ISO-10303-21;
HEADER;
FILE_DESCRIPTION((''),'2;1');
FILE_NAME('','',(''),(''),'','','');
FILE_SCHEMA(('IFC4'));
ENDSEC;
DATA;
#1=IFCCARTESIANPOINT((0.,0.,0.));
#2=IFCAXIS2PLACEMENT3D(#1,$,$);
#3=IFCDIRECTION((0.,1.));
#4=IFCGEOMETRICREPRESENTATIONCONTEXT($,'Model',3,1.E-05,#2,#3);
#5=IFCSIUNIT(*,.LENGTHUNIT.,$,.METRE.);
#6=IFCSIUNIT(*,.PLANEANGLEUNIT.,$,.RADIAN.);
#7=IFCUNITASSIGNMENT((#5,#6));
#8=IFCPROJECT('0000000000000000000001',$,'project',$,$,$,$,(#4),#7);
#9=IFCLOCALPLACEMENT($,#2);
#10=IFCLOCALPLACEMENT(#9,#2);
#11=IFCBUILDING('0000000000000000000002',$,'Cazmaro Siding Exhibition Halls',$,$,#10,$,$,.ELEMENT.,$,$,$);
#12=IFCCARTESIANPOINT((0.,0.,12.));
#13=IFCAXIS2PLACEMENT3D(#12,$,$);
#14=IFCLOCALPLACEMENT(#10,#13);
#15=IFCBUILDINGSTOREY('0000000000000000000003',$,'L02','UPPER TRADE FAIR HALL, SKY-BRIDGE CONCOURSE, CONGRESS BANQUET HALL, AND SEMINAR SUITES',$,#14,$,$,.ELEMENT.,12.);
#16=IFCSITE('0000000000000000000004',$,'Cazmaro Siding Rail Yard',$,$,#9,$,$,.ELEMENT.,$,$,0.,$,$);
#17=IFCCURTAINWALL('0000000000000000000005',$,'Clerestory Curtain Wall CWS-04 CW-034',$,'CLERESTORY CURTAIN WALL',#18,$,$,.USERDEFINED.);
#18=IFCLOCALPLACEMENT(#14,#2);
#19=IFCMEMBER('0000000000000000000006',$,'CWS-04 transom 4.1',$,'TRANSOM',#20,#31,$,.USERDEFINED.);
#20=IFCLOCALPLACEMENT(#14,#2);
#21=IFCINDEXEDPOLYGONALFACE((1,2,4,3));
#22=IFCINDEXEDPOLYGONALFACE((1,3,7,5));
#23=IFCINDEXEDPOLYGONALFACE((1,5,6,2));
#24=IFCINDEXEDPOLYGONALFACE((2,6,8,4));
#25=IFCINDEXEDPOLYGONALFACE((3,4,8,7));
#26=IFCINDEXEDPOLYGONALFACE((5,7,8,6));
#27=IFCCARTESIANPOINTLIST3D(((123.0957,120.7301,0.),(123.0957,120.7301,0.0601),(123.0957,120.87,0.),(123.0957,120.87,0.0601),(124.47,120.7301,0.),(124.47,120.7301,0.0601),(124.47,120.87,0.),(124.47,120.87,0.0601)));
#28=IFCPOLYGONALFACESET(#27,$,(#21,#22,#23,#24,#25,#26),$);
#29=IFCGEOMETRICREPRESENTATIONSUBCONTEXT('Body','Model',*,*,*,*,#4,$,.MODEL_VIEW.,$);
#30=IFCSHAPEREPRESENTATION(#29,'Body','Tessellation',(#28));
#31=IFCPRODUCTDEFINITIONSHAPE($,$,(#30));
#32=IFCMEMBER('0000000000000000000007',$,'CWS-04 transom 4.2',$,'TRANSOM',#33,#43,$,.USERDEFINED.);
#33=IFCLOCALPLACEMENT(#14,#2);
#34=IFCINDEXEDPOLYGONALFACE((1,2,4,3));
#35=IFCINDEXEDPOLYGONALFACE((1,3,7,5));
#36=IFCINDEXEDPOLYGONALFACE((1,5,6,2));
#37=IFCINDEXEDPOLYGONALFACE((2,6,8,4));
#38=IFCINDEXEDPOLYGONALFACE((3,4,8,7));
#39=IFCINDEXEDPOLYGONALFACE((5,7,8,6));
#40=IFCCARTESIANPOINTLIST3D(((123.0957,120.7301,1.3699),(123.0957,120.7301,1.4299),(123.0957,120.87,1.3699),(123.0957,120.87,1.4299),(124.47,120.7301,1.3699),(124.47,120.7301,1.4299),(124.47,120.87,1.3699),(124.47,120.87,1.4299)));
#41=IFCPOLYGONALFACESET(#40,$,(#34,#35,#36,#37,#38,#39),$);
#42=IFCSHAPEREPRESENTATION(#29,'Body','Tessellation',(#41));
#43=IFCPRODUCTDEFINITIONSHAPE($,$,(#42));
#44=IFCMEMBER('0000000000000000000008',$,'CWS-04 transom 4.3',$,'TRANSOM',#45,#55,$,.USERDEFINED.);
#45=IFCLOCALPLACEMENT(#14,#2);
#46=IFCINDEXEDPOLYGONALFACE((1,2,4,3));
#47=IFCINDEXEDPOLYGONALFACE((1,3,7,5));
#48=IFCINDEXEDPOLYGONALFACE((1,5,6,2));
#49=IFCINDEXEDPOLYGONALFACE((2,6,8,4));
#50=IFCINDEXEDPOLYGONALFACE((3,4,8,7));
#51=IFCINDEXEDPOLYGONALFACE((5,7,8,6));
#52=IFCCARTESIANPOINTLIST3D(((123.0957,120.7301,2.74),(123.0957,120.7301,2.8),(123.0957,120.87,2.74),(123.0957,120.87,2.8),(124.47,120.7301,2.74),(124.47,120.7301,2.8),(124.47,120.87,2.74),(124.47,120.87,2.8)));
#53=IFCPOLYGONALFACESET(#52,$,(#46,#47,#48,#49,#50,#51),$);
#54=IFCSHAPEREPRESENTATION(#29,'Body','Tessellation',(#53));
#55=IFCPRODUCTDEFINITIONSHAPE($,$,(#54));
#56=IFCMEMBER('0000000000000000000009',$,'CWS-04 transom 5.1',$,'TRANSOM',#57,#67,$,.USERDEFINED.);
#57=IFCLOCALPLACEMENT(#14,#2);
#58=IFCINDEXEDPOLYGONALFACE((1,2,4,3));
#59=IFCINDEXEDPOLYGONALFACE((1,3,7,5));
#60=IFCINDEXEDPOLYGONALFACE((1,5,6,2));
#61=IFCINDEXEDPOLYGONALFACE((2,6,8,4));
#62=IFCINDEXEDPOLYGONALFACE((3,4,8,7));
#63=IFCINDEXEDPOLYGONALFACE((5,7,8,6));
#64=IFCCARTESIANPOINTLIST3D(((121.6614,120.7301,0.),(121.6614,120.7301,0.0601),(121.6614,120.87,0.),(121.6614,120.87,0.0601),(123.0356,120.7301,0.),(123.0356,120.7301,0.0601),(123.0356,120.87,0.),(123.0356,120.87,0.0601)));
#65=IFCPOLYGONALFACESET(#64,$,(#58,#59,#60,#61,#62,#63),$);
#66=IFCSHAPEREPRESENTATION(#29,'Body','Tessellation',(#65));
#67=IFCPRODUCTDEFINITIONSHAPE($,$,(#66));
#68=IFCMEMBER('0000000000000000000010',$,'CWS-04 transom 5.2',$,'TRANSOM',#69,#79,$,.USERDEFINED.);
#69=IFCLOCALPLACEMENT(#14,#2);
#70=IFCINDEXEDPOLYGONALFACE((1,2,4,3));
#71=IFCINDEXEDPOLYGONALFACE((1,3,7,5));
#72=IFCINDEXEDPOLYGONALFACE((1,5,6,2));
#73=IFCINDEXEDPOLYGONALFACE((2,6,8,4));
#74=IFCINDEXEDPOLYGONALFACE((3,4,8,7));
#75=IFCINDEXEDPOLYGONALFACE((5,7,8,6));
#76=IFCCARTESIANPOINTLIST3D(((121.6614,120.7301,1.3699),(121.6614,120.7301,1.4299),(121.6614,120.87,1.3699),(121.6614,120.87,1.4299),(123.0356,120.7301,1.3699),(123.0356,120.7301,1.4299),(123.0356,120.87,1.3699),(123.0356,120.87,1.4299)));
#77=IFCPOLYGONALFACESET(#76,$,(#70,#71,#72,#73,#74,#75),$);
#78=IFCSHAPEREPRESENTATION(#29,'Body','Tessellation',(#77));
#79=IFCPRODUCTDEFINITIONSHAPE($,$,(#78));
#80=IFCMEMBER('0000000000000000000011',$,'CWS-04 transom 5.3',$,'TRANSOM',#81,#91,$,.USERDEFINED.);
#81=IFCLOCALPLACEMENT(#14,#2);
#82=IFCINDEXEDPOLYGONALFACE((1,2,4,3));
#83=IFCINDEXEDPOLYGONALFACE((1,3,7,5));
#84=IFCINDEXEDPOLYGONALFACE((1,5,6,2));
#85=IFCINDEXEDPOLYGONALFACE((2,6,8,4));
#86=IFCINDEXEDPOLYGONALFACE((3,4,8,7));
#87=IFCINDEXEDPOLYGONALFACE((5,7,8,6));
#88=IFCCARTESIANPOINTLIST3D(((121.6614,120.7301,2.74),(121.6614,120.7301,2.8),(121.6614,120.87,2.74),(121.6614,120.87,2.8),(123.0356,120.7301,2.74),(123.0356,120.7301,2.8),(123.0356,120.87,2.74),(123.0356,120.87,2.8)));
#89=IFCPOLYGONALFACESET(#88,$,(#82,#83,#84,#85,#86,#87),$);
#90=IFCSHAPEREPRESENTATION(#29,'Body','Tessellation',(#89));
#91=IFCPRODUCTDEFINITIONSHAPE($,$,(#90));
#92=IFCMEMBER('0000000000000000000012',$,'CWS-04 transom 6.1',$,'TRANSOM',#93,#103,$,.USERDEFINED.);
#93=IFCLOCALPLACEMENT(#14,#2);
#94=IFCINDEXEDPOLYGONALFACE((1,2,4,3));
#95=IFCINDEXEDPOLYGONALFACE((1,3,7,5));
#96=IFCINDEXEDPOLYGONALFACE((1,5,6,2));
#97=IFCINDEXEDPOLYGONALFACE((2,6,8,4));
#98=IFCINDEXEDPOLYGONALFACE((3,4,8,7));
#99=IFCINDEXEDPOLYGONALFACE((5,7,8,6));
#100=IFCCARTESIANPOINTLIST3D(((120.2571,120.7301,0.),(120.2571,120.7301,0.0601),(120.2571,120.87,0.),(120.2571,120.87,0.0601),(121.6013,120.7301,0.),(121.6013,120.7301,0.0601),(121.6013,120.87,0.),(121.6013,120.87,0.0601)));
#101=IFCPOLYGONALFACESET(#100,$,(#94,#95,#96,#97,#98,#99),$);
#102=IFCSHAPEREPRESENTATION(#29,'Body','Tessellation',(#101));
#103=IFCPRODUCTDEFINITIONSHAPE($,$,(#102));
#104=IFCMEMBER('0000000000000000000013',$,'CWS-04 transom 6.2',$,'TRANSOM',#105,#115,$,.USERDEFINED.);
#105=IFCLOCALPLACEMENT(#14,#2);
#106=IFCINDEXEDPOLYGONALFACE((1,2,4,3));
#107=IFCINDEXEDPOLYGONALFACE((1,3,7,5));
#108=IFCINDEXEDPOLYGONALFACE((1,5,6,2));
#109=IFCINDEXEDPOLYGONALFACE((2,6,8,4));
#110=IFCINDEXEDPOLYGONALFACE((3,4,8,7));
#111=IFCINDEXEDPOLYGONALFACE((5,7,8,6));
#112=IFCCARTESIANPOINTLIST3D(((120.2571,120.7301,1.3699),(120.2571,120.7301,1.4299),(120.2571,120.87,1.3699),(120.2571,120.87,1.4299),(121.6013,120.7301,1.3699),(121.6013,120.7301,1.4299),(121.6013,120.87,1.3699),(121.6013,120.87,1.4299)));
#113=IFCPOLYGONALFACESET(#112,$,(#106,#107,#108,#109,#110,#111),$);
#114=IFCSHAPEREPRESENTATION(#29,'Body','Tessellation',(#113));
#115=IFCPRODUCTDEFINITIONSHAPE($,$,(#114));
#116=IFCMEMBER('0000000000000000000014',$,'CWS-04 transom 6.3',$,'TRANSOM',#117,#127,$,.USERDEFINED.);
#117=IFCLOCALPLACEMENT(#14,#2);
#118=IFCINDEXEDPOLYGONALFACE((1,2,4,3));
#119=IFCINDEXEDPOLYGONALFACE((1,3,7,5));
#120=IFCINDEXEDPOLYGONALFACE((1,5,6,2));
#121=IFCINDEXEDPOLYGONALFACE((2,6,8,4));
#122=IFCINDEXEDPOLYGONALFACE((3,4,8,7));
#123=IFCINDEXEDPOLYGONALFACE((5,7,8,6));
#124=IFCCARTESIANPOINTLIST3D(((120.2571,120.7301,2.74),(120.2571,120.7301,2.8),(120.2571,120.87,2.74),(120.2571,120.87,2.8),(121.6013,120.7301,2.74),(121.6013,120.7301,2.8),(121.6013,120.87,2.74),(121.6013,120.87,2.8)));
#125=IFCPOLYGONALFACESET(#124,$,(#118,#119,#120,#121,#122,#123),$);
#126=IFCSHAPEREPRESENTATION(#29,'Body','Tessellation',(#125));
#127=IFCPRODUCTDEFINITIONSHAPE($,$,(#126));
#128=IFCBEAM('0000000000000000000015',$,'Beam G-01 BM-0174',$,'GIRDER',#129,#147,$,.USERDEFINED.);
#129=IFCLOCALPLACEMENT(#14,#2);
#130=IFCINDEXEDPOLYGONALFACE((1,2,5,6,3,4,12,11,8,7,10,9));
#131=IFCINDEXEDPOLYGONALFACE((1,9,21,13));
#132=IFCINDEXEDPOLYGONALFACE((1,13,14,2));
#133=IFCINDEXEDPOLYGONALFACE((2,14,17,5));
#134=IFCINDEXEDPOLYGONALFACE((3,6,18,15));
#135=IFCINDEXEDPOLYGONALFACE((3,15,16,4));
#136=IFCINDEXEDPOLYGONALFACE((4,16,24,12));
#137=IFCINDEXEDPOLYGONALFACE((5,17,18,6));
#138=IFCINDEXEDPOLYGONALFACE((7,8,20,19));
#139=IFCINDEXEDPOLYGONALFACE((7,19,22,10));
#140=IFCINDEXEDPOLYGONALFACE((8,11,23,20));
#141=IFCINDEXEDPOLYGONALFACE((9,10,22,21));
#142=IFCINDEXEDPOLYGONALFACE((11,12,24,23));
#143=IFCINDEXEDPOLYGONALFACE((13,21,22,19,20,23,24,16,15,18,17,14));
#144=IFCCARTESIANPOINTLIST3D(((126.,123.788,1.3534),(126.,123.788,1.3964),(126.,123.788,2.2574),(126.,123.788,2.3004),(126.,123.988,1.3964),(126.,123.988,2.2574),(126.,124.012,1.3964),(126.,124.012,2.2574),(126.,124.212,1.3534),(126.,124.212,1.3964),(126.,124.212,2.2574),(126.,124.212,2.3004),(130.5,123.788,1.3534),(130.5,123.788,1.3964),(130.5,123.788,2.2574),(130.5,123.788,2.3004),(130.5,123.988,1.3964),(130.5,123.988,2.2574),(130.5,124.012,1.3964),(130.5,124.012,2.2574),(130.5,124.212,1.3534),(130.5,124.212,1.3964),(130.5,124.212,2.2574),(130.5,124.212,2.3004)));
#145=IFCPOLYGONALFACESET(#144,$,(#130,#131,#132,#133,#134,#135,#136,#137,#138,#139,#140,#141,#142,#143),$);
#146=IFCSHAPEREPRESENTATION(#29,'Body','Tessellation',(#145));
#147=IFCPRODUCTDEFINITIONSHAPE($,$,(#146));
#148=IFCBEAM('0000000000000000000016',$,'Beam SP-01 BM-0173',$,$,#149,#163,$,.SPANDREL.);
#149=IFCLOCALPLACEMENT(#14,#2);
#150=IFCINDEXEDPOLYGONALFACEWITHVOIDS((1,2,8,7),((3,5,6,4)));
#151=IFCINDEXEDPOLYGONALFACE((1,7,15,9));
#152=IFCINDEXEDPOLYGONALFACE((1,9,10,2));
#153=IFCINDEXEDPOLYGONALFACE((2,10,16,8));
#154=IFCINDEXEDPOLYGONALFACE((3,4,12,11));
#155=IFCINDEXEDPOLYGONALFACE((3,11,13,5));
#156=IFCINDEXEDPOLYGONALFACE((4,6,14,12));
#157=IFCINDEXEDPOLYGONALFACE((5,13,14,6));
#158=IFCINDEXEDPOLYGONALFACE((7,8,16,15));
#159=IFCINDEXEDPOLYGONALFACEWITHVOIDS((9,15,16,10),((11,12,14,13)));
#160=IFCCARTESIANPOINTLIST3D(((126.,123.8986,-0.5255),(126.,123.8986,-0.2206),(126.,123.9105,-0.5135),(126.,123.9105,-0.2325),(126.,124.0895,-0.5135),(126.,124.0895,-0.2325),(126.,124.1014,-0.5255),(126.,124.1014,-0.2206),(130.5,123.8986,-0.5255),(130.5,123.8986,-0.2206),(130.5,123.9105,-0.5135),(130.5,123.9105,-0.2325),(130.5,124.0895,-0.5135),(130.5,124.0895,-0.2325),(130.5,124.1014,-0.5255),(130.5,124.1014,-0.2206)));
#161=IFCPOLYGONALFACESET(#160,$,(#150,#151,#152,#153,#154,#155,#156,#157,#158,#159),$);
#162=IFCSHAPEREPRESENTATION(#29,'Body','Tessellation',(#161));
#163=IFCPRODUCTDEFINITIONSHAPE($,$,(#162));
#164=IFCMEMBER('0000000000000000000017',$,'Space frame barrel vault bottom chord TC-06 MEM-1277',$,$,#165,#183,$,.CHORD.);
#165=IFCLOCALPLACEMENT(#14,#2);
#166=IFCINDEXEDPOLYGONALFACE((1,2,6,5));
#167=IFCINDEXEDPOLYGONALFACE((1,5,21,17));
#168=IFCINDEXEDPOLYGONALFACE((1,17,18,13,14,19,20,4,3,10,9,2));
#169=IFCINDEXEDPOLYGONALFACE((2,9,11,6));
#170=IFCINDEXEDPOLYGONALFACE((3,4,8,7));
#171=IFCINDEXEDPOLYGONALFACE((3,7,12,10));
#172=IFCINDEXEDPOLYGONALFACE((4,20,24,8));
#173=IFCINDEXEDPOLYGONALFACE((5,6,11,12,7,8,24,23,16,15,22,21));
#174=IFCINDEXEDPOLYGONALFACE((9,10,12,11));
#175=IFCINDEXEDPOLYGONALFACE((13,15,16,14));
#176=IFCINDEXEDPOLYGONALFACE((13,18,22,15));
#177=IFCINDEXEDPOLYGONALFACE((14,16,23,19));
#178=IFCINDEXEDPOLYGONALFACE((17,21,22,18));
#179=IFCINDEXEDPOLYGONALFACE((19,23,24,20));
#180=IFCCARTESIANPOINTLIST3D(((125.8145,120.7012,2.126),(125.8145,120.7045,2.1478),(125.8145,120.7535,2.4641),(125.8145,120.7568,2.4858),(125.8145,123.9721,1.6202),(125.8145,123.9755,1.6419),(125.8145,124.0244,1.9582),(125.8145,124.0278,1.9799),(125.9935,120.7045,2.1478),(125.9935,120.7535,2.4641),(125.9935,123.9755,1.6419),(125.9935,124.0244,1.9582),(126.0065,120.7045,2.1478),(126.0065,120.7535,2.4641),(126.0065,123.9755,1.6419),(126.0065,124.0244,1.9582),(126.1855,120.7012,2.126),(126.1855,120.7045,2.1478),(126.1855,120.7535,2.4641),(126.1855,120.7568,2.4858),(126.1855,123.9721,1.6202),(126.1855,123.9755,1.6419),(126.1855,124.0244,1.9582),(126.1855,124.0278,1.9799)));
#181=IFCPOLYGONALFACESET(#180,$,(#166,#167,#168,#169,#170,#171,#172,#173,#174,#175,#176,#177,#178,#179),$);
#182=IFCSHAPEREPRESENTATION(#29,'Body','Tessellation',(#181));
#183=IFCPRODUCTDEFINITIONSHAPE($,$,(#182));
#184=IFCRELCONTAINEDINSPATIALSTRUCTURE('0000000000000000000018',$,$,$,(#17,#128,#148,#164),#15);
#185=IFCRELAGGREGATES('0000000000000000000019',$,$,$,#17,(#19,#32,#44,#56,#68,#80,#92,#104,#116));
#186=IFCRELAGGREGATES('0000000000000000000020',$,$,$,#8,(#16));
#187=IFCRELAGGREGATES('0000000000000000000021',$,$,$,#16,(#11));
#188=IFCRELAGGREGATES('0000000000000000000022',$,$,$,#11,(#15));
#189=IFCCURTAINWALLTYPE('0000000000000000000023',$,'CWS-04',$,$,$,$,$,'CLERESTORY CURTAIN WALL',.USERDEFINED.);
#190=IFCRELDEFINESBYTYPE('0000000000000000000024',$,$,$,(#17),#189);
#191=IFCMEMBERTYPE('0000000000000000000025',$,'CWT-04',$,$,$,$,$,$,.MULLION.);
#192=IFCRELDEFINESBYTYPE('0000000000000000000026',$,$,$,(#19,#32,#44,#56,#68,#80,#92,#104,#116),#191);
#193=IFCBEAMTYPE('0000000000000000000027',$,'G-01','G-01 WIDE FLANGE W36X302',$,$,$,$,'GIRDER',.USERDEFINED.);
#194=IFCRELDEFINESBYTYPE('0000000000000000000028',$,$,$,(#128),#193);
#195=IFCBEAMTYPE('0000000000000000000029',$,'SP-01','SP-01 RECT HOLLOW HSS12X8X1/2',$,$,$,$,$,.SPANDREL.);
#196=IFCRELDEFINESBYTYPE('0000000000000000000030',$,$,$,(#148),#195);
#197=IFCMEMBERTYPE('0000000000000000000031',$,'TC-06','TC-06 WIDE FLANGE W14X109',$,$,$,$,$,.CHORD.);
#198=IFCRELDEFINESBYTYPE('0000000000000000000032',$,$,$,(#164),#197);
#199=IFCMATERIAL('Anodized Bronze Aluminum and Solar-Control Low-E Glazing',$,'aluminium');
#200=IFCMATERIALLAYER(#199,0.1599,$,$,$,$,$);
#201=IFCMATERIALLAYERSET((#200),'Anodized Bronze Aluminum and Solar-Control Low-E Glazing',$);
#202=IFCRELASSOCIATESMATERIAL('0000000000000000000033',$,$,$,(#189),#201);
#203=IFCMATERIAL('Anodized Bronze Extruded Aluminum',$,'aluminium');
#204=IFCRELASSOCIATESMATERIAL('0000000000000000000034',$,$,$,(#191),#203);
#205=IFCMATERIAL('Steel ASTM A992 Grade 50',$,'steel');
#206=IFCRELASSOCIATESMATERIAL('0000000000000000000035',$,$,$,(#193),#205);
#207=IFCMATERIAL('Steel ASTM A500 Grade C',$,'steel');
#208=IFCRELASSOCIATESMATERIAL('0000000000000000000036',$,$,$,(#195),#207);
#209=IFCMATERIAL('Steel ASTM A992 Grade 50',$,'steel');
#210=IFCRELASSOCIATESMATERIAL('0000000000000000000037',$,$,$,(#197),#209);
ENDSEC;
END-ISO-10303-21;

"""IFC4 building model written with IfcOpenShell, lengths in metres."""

from ifc_helpers import new_model, si_unit, direction, frame, origin, origin_2d, place, context, subcontext, project, spatial, rectangle, hollow_rectangle, i_section, extrude, material, layer, layer_set, material_profile, profile_set, type_object, element, aggregate, save


model = new_model("IFC4")

# Units and contexts
model_context = context("Model", 3, precision=1e-05, world=origin(), true_north=direction((0.0, 1.0)))
body_context = subcontext(model_context, "Body", "Model", "MODEL_VIEW")
ifc_project = project(units=[si_unit("LENGTHUNIT", "METRE"), si_unit("PLANEANGLEUNIT", "RADIAN")], contexts=[model_context])

# Site, building, storey
site_placement = place(None, origin())
site = spatial("IfcSite", under=ifc_project, at=site_placement, Name="Cazmaro Siding Rail Yard", CompositionType="ELEMENT", RefElevation=0.0)
building_placement = place(site_placement, origin())
building = spatial("IfcBuilding", under=site, at=building_placement, Name="Cazmaro Siding Exhibition Halls", CompositionType="ELEMENT")
storey_placement = place(building_placement, frame((0.0, 0.0, 12.0)))
storey = spatial("IfcBuildingStorey", under=building, at=storey_placement, Name="L02", Description="UPPER TRADE FAIR HALL, SKY-BRIDGE CONCOURSE, CONGRESS BANQUET HALL, AND SEMINAR SUITES", CompositionType="ELEMENT", Elevation=12.0)

# Curtain wall, members
ifc_material_1 = material(Name="Anodized Bronze Aluminum and Solar-Control Low-E Glazing", Category="aluminium")
ifc_layer_1 = layer(ifc_material_1, 0.1599)
ifc_layer_set_1 = layer_set([ifc_layer_1], Name="Anodized Bronze Aluminum and Solar-Control Low-E Glazing")
curtain_wall_type = type_object("IfcCurtainWallType", Name="CWS-04", ElementType="CLERESTORY CURTAIN WALL", PredefinedType="USERDEFINED", material=ifc_layer_set_1)
curtain_wall_placement = place(storey_placement, origin())
curtain_wall = element("IfcCurtainWall", 1, at=curtain_wall_placement, inside=storey, type_object=curtain_wall_type, Name="Clerestory Curtain Wall CWS-04 CW-034", ObjectType="CLERESTORY CURTAIN WALL", PredefinedType="USERDEFINED")
ifc_material_2 = material(Name="Anodized Bronze Extruded Aluminum", Category="aluminium")
ifc_material_profile_1 = material_profile(ifc_material_2, rectangle(XDim=0.1399, YDim=0.0601, at=origin_2d()), Name="CWT-04")
ifc_profile_set_1 = profile_set([ifc_material_profile_1], Name="Anodized Bronze Extruded Aluminum")
member_type_1 = type_object("IfcMemberType", Name="CWT-04", PredefinedType="MULLION", material=ifc_profile_set_1)
member_1_placement = place(storey_placement, frame((124.47, 120.8, 0.03), z_axis=(-1.0, 0.0, 0.0), x_axis=(0.0, -1.0, 0.0)))
member_1 = element("IfcMember", 2, at=member_1_placement, type_object=member_type_1, Name="CWS-04 transom 4.1", ObjectType="TRANSOM", PredefinedType="USERDEFINED", context=body_context, shape_type="SweptSolid", body=[
    extrude(rectangle(XDim=0.1399, YDim=0.0601, at=origin_2d()), origin(), (0.0, 0.0, 1.0), 1.3743),
])
member_2_placement = place(storey_placement, frame((124.47, 120.8, 1.3999), z_axis=(-1.0, 0.0, 0.0), x_axis=(0.0, -1.0, 0.0)))
member_2 = element("IfcMember", 3, at=member_2_placement, type_object=member_type_1, Name="CWS-04 transom 4.2", ObjectType="TRANSOM", PredefinedType="USERDEFINED", context=body_context, shape_type="SweptSolid", body=[
    extrude(rectangle(XDim=0.1399, YDim=0.0601, at=origin_2d()), origin(), (0.0, 0.0, 1.0), 1.3743),
])
member_3_placement = place(storey_placement, frame((124.47, 120.8, 2.77), z_axis=(-1.0, 0.0, 0.0), x_axis=(0.0, -1.0, 0.0)))
member_3 = element("IfcMember", 4, at=member_3_placement, type_object=member_type_1, Name="CWS-04 transom 4.3", ObjectType="TRANSOM", PredefinedType="USERDEFINED", context=body_context, shape_type="SweptSolid", body=[
    extrude(rectangle(XDim=0.1399, YDim=0.0601, at=origin_2d()), origin(), (0.0, 0.0, 1.0), 1.3743),
])
member_4_placement = place(storey_placement, frame((123.0356, 120.8, 0.03), z_axis=(-1.0, 0.0, 0.0), x_axis=(0.0, -1.0, 0.0)))
member_4 = element("IfcMember", 5, at=member_4_placement, type_object=member_type_1, Name="CWS-04 transom 5.1", ObjectType="TRANSOM", PredefinedType="USERDEFINED", context=body_context, shape_type="SweptSolid", body=[
    extrude(rectangle(XDim=0.1399, YDim=0.0601, at=origin_2d()), origin(), (0.0, 0.0, 1.0), 1.3743),
])
member_5_placement = place(storey_placement, frame((123.0356, 120.8, 1.3999), z_axis=(-1.0, 0.0, 0.0), x_axis=(0.0, -1.0, 0.0)))
member_5 = element("IfcMember", 6, at=member_5_placement, type_object=member_type_1, Name="CWS-04 transom 5.2", ObjectType="TRANSOM", PredefinedType="USERDEFINED", context=body_context, shape_type="SweptSolid", body=[
    extrude(rectangle(XDim=0.1399, YDim=0.0601, at=origin_2d()), origin(), (0.0, 0.0, 1.0), 1.3743),
])
member_6_placement = place(storey_placement, frame((123.0356, 120.8, 2.77), z_axis=(-1.0, 0.0, 0.0), x_axis=(0.0, -1.0, 0.0)))
member_6 = element("IfcMember", 7, at=member_6_placement, type_object=member_type_1, Name="CWS-04 transom 5.3", ObjectType="TRANSOM", PredefinedType="USERDEFINED", context=body_context, shape_type="SweptSolid", body=[
    extrude(rectangle(XDim=0.1399, YDim=0.0601, at=origin_2d()), origin(), (0.0, 0.0, 1.0), 1.3743),
])
member_7_placement = place(storey_placement, frame((121.6013, 120.8, 0.03), z_axis=(-1.0, 0.0, 0.0), x_axis=(0.0, -1.0, 0.0)))
member_7 = element("IfcMember", 8, at=member_7_placement, type_object=member_type_1, Name="CWS-04 transom 6.1", ObjectType="TRANSOM", PredefinedType="USERDEFINED", context=body_context, shape_type="SweptSolid", body=[
    extrude(rectangle(XDim=0.1399, YDim=0.0601, at=origin_2d()), origin(), (0.0, 0.0, 1.0), 1.3442),
])
member_8_placement = place(storey_placement, frame((121.6013, 120.8, 1.3999), z_axis=(-1.0, 0.0, 0.0), x_axis=(0.0, -1.0, 0.0)))
member_8 = element("IfcMember", 9, at=member_8_placement, type_object=member_type_1, Name="CWS-04 transom 6.2", ObjectType="TRANSOM", PredefinedType="USERDEFINED", context=body_context, shape_type="SweptSolid", body=[
    extrude(rectangle(XDim=0.1399, YDim=0.0601, at=origin_2d()), origin(), (0.0, 0.0, 1.0), 1.3442),
])
member_9_placement = place(storey_placement, frame((121.6013, 120.8, 2.77), z_axis=(-1.0, 0.0, 0.0), x_axis=(0.0, -1.0, 0.0)))
member_9 = element("IfcMember", 10, at=member_9_placement, type_object=member_type_1, Name="CWS-04 transom 6.3", ObjectType="TRANSOM", PredefinedType="USERDEFINED", context=body_context, shape_type="SweptSolid", body=[
    extrude(rectangle(XDim=0.1399, YDim=0.0601, at=origin_2d()), origin(), (0.0, 0.0, 1.0), 1.3442),
])

# Beams
ifc_material_3 = material(Name="Steel ASTM A992 Grade 50", Category="steel")
ifc_material_profile_2 = material_profile(ifc_material_3, i_section(OverallWidth=0.4241, OverallDepth=0.947, WebThickness=0.0239, FlangeThickness=0.043, at=origin_2d()), Name="W36X302")
ifc_profile_set_2 = profile_set([ifc_material_profile_2], Name="Steel ASTM A992 Grade 50")
beam_type_1 = type_object("IfcBeamType", Name="G-01", Description="G-01 WIDE FLANGE W36X302", ElementType="GIRDER", PredefinedType="USERDEFINED", material=ifc_profile_set_2)
beam_1_placement = place(storey_placement, frame((126.0, 124.0, 1.8269), z_axis=(1.0, 0.0, 0.0), x_axis=(0.0, 1.0, 0.0)))
element("IfcBeam", 11, at=beam_1_placement, inside=storey, type_object=beam_type_1, Name="Beam G-01 BM-0174", ObjectType="GIRDER", PredefinedType="USERDEFINED", context=body_context, shape_type="SweptSolid", body=[
    extrude(i_section(OverallWidth=0.4241, OverallDepth=0.947, WebThickness=0.0239, FlangeThickness=0.043, at=origin_2d()), origin(), (0.0, 0.0, 1.0), 4.5),
])
ifc_material_4 = material(Name="Steel ASTM A500 Grade C", Category="steel")
ifc_material_profile_3 = material_profile(ifc_material_4, hollow_rectangle(XDim=0.2029, YDim=0.3049, WallThickness=0.012, at=origin_2d()), Name="HSS12X8X1/2")
ifc_profile_set_3 = profile_set([ifc_material_profile_3], Name="Steel ASTM A500 Grade C")
beam_type_2 = type_object("IfcBeamType", Name="SP-01", Description="SP-01 RECT HOLLOW HSS12X8X1/2", PredefinedType="SPANDREL", material=ifc_profile_set_3)
beam_2_placement = place(storey_placement, frame((126.0, 124.0, -0.373), z_axis=(1.0, 0.0, 0.0), x_axis=(0.0, 1.0, 0.0)))
element("IfcBeam", 12, at=beam_2_placement, inside=storey, type_object=beam_type_2, Name="Beam SP-01 BM-0173", PredefinedType="SPANDREL", context=body_context, shape_type="SweptSolid", body=[
    extrude(hollow_rectangle(XDim=0.2029, YDim=0.3049, WallThickness=0.012, at=origin_2d()), origin(), (0.0, 0.0, 1.0), 4.5),
])

# Member
ifc_material_5 = material(Name="Steel ASTM A992 Grade 50", Category="steel")
ifc_material_profile_4 = material_profile(ifc_material_5, i_section(OverallWidth=0.3711, OverallDepth=0.364, WebThickness=0.0129, FlangeThickness=0.022, at=origin_2d()), Name="W14X109")
ifc_profile_set_4 = profile_set([ifc_material_profile_4], Name="Steel ASTM A992 Grade 50")
member_type_2 = type_object("IfcMemberType", Name="TC-06", Description="TC-06 WIDE FLANGE W14X109", PredefinedType="CHORD", material=ifc_profile_set_4)
member_10_placement = place(storey_placement, frame((126.0, 120.729, 2.3059), z_axis=(0.0, 0.988252, -0.152833), x_axis=(-1.0, 0.0, 0.0)))
element("IfcMember", 13, at=member_10_placement, inside=storey, type_object=member_type_2, Name="Space frame barrel vault bottom chord TC-06 MEM-1277", PredefinedType="CHORD", context=body_context, shape_type="SweptSolid", body=[
    extrude(i_section(OverallWidth=0.3711, OverallDepth=0.364, WebThickness=0.0129, FlangeThickness=0.022, at=origin_2d()), origin(), (0.0, 0.0, 1.0), 3.3098),
])

aggregate(curtain_wall, [member_1, member_2, member_3, member_4, member_5, member_6, member_7, member_8, member_9])

save(model, "model.ifc")
